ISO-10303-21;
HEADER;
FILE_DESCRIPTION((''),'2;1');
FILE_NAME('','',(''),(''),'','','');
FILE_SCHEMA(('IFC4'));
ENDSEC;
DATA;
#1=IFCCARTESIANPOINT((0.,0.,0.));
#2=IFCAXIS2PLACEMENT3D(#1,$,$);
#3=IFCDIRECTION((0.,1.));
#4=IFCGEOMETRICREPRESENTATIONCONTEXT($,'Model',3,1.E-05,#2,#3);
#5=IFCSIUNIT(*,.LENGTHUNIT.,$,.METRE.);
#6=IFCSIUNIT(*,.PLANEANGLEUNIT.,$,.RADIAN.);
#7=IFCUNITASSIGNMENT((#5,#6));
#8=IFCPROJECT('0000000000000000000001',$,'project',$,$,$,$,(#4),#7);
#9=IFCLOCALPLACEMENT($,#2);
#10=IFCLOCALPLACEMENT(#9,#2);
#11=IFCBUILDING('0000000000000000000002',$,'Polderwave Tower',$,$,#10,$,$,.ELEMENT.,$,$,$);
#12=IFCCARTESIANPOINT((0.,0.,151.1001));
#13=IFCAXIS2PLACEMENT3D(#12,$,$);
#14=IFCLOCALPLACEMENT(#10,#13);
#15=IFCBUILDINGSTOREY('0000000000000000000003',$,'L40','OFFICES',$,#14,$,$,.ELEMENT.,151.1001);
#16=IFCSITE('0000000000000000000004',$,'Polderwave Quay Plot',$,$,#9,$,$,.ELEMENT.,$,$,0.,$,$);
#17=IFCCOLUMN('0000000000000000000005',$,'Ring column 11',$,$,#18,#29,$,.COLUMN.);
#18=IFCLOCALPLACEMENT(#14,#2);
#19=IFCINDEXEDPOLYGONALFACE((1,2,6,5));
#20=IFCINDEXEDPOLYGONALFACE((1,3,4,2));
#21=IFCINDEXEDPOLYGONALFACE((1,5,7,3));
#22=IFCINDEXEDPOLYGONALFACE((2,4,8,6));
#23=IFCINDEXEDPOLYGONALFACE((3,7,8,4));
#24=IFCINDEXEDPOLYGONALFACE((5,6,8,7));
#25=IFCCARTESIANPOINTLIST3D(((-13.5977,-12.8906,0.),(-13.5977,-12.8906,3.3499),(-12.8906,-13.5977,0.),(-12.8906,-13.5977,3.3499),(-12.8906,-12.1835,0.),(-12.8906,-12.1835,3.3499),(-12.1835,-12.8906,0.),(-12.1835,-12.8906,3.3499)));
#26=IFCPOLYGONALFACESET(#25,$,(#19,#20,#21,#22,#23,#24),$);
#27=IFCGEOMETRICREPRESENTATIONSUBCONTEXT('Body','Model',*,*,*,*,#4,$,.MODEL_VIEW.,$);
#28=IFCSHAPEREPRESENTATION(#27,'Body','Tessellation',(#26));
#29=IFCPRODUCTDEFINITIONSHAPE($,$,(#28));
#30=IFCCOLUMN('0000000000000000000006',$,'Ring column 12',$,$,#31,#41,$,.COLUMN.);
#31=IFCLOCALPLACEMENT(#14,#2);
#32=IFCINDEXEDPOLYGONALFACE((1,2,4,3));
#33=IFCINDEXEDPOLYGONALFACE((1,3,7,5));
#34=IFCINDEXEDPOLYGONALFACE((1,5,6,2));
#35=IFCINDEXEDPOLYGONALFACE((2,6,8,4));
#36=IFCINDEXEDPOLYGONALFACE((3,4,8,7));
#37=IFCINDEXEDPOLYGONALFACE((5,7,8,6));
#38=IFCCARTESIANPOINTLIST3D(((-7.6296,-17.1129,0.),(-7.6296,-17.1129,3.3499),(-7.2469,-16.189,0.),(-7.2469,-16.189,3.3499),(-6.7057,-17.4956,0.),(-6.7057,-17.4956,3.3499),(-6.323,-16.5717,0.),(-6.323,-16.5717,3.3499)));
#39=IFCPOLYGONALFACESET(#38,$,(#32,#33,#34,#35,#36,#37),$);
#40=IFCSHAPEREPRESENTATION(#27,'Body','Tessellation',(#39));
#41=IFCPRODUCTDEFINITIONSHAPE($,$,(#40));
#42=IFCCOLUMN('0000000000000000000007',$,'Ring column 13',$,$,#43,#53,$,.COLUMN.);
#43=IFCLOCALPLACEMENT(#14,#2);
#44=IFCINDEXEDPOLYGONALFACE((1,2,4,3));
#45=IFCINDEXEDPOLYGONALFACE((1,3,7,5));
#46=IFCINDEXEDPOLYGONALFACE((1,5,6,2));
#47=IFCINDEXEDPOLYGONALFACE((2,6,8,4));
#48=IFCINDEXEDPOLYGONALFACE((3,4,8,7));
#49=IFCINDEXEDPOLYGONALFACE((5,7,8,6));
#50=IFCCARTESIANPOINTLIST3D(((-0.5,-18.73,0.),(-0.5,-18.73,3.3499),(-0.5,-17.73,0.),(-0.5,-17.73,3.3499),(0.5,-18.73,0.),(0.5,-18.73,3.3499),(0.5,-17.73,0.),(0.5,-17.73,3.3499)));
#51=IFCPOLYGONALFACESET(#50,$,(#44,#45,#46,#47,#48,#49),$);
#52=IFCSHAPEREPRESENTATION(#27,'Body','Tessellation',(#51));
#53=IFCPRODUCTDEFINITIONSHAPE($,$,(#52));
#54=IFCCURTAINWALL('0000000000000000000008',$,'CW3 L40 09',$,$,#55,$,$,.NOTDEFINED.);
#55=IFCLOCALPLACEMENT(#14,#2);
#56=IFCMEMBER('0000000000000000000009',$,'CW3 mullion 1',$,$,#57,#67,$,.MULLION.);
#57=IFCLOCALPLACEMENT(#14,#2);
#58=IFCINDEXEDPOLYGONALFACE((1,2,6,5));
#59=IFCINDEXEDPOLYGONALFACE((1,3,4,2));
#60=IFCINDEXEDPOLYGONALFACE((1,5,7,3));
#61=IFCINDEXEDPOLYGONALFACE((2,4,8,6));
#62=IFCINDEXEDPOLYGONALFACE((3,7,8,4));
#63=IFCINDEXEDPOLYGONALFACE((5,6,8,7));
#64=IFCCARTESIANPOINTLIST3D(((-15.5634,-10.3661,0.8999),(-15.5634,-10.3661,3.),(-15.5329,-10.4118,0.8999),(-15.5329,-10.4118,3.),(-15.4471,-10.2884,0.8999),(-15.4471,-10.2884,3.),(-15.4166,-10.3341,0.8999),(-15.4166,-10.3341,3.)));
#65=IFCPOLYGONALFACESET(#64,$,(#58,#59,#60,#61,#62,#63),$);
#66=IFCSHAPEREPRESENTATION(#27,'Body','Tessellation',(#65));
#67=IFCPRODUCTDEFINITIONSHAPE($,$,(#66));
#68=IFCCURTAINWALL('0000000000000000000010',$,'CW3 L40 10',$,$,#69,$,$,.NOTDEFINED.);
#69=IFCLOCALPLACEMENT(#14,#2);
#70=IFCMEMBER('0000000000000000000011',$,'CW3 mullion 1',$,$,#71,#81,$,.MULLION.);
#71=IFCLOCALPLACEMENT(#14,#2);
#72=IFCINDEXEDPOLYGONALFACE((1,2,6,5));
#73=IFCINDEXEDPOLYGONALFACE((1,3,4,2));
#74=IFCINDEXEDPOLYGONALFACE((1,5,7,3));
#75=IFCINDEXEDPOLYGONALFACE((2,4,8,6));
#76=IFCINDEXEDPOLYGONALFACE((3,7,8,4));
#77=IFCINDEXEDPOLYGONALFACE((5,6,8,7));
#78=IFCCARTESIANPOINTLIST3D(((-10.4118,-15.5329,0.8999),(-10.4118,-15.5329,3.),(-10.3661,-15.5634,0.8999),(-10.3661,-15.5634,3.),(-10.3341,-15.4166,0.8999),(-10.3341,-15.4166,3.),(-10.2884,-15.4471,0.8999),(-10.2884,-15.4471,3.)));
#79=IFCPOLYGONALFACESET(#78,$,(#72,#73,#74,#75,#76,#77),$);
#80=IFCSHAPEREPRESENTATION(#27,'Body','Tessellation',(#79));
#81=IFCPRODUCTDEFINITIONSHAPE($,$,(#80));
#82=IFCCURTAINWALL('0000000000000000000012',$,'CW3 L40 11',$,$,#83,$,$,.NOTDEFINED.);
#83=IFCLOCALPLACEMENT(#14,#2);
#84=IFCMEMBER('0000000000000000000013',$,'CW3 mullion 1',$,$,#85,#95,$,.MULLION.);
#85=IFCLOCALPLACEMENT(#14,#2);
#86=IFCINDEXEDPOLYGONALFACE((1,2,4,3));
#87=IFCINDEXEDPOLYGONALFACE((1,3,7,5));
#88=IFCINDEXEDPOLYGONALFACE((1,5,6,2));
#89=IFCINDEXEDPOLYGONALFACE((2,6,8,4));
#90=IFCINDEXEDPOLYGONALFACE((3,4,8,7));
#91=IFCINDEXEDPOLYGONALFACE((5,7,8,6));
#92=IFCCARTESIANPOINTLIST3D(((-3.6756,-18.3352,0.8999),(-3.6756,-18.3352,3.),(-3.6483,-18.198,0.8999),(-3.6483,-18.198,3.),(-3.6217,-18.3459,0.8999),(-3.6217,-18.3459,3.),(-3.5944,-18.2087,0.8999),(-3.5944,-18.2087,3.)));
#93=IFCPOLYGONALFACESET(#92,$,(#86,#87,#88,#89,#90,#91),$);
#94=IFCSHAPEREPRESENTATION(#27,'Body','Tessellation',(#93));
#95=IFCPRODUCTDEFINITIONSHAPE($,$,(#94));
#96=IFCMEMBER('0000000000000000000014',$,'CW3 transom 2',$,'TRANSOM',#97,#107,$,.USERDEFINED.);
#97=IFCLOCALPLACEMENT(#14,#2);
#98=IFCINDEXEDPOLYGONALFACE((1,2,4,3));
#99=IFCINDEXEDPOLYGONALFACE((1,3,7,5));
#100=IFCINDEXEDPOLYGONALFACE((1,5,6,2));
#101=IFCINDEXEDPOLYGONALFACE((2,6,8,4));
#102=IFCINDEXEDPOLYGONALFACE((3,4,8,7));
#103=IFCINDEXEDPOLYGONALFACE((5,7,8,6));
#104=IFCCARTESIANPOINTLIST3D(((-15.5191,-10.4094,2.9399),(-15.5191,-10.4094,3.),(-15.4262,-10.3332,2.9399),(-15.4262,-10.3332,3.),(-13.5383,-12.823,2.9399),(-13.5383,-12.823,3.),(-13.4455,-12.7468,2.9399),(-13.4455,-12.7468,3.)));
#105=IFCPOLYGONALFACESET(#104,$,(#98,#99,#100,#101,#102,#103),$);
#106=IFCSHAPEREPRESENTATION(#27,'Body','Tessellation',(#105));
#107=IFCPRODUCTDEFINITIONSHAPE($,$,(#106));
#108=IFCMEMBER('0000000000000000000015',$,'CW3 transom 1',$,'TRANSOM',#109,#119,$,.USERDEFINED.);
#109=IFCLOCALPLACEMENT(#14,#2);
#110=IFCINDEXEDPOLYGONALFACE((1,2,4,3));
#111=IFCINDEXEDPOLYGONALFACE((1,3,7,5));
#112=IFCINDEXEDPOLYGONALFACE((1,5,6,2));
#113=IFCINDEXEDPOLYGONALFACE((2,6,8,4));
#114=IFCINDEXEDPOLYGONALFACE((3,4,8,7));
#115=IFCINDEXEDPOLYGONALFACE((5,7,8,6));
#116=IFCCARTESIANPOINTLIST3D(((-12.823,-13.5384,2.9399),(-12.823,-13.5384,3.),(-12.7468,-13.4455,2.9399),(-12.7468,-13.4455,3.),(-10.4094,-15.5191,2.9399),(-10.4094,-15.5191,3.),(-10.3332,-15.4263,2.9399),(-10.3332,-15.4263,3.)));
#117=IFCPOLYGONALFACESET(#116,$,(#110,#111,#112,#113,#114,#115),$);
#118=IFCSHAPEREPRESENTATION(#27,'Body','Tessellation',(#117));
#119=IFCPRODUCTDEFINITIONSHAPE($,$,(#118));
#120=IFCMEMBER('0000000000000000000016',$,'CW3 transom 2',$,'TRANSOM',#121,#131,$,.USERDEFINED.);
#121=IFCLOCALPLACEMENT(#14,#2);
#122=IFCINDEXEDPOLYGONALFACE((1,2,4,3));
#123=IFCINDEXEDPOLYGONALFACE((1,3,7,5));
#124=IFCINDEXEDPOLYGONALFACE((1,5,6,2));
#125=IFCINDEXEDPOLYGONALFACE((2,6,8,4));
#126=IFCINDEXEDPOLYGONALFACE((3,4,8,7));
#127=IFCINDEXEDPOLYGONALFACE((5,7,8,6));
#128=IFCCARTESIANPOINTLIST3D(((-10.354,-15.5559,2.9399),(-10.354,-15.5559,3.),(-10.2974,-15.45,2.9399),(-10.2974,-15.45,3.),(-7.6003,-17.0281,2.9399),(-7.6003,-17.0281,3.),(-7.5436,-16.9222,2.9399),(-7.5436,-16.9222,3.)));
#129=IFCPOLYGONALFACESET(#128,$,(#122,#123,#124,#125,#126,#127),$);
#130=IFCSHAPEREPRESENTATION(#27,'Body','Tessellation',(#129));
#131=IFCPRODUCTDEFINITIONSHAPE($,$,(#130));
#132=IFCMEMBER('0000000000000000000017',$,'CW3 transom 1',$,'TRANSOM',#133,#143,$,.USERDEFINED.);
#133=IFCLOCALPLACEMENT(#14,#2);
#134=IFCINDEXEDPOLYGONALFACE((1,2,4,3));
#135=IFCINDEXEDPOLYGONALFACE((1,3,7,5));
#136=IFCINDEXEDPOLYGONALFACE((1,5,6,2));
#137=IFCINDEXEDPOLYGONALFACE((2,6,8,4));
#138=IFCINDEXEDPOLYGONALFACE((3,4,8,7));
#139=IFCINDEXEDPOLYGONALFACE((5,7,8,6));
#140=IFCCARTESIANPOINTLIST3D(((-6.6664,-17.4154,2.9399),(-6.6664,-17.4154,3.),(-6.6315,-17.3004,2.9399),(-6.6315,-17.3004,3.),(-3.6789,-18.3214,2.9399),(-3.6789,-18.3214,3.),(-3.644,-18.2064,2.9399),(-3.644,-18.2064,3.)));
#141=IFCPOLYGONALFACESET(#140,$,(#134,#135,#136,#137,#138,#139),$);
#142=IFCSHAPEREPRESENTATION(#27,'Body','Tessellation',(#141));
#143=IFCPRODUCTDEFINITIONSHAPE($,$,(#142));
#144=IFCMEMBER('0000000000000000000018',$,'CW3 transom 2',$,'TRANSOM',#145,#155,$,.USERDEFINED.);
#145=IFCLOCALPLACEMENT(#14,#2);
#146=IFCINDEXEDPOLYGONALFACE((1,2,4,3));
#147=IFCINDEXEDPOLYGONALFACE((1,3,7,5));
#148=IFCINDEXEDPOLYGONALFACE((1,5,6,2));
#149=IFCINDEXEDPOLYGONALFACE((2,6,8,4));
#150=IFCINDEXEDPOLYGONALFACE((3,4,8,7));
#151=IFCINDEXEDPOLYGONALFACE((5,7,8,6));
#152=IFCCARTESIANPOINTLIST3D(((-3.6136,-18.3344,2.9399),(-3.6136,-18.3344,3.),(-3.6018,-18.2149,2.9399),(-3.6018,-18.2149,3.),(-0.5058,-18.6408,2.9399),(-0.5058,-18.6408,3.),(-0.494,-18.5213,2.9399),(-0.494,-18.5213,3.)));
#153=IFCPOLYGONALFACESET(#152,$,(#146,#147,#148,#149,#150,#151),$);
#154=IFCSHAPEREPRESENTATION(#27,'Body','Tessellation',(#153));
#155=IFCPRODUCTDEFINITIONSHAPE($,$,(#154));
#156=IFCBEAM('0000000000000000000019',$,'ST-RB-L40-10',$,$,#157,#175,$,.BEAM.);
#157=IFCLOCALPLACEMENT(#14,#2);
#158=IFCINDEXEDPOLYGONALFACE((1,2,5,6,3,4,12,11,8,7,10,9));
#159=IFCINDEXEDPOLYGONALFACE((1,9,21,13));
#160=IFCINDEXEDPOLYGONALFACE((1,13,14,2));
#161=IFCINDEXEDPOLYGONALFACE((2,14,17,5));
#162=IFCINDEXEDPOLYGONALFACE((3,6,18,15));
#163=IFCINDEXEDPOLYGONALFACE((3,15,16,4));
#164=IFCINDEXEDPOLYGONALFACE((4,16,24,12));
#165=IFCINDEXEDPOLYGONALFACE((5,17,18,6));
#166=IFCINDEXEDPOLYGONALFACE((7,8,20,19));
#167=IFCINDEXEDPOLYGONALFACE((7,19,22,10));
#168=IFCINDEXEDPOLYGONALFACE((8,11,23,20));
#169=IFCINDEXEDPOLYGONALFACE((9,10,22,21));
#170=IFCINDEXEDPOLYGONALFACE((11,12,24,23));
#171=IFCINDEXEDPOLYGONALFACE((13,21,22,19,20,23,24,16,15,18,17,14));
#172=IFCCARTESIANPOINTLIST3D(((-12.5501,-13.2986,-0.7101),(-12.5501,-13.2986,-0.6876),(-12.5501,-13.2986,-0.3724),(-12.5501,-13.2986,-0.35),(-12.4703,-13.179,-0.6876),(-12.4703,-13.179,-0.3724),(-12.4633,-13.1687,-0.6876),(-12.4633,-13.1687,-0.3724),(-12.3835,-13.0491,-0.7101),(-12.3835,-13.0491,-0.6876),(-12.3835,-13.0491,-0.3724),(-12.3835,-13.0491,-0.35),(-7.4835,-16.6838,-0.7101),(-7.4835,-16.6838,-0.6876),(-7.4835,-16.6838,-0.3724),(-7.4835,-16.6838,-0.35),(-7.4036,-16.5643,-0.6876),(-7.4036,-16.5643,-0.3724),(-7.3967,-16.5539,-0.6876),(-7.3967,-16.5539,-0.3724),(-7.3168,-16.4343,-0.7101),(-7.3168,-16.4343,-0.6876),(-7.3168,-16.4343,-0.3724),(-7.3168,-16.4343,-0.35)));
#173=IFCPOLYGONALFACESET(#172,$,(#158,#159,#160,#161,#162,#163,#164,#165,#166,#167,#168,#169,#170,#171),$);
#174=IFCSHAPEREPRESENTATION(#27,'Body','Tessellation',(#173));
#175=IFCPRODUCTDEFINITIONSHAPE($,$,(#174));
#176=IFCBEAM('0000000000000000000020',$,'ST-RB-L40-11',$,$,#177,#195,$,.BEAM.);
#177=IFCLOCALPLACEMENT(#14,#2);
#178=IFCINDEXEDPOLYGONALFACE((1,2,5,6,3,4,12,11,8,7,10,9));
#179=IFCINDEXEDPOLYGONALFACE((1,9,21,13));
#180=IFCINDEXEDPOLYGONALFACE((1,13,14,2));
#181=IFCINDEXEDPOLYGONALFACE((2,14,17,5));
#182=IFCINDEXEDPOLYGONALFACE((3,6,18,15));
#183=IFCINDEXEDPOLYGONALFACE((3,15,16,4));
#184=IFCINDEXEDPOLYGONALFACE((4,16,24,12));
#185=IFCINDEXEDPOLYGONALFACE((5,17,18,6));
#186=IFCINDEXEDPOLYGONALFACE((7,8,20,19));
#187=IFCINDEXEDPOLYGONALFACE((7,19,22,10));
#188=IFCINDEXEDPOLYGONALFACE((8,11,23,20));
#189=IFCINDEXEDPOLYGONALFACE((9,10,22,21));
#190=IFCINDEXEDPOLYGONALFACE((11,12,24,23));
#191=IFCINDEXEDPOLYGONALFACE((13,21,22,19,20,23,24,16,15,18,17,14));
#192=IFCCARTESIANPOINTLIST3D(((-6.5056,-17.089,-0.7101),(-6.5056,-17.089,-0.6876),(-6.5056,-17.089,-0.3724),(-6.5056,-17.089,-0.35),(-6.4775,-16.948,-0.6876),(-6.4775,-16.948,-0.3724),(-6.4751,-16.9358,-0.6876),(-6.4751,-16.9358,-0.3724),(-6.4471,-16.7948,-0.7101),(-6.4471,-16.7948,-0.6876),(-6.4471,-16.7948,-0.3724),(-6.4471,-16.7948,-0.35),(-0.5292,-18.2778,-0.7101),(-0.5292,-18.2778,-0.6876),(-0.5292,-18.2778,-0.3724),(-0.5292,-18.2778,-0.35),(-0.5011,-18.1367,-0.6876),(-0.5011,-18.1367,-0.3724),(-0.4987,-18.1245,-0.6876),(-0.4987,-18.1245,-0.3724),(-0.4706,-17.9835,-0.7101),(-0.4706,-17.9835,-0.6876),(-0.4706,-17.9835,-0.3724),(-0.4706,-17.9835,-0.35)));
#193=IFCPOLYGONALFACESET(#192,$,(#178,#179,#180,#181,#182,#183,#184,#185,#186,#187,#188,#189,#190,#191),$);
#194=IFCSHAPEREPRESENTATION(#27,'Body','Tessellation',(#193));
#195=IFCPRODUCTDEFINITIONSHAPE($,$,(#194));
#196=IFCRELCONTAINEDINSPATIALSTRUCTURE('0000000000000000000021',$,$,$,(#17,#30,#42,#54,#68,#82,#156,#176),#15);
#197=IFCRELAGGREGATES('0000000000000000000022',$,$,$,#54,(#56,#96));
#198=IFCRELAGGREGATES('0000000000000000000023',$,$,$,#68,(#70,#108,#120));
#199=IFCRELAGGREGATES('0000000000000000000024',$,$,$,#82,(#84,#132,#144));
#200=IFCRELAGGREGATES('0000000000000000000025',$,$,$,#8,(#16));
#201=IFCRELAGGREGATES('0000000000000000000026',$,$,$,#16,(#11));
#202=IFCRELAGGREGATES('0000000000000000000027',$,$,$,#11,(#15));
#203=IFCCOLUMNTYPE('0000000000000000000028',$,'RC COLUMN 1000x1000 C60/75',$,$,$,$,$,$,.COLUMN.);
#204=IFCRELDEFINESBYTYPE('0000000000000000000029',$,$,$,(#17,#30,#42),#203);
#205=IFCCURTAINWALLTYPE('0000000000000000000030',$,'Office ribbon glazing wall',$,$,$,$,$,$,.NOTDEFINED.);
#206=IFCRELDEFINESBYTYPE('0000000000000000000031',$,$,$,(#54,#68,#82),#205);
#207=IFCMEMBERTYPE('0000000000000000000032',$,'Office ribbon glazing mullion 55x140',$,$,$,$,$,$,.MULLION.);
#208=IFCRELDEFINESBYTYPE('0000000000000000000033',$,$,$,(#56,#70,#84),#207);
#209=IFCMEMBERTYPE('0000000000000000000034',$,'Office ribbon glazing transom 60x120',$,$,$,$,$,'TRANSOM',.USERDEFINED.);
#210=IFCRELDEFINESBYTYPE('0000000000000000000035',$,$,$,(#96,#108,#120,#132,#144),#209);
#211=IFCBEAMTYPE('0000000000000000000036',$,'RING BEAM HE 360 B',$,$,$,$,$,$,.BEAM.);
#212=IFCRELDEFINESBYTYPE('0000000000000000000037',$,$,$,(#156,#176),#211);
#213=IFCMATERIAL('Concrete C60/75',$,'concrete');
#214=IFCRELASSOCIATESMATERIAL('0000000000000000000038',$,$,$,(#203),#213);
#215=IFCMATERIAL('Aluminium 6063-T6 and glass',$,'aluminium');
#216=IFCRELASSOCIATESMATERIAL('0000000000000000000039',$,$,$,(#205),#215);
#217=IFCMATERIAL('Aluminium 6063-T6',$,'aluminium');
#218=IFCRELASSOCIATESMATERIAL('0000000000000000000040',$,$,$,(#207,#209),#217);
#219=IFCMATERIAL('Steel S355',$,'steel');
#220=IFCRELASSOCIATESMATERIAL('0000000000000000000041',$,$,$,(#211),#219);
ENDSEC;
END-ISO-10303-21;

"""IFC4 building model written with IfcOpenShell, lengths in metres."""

from ifc_helpers import new_model, si_unit, direction, frame, origin, origin_2d, place, context, subcontext, project, spatial, rectangle, i_section, extrude, material, material_profile, profile_set, type_object, element, aggregate, save


model = new_model("IFC4")

# Units and contexts
model_context = context("Model", 3, precision=1e-05, world=origin(), true_north=direction((0.0, 1.0)))
body_context = subcontext(model_context, "Body", "Model", "MODEL_VIEW")
ifc_project = project(units=[si_unit("LENGTHUNIT", "METRE"), si_unit("PLANEANGLEUNIT", "RADIAN")], contexts=[model_context])

# Site, building, storey
site_placement = place(None, origin())
site = spatial("IfcSite", under=ifc_project, at=site_placement, Name="Polderwave Quay Plot", CompositionType="ELEMENT", RefElevation=0.0)
building_placement = place(site_placement, origin())
building = spatial("IfcBuilding", under=site, at=building_placement, Name="Polderwave Tower", CompositionType="ELEMENT")
storey_placement = place(building_placement, frame((0.0, 0.0, 151.1001)))
storey = spatial("IfcBuildingStorey", under=building, at=storey_placement, Name="L40", Description="OFFICES", CompositionType="ELEMENT", Elevation=151.1001)

# Columns
ifc_material_1 = material(Name="Concrete C60/75", Category="concrete")
ifc_material_profile_1 = material_profile(ifc_material_1, rectangle(XDim=1.0, YDim=1.0, at=origin_2d()), Name="RC 1000x1000")
ifc_profile_set_1 = profile_set([ifc_material_profile_1], Name="Concrete C60/75")
column_type = type_object("IfcColumnType", Name="RC COLUMN 1000x1000 C60/75", PredefinedType="COLUMN", material=ifc_profile_set_1)
for number, where, z_axis, x_axis, name in (
    (1, (-12.8906, -12.8906, 0.0), (0.0, 0.0, 1.0), (-0.707107, -0.707107, 0.0), "Ring column 11"),
    (2, (-6.9763, -16.8423, 0.0), (0.0, 0.0, 1.0), (-0.382683, -0.92388, 0.0), "Ring column 12"),
    (3, (0.0, -18.23, 0.0), (0.0, 0.0, 1.0), (0.0, -1.0, 0.0), "Ring column 13"),
):
    element("IfcColumn", number, at=place(storey_placement, frame(where, z_axis=z_axis, x_axis=x_axis)), inside=storey, type_object=column_type, Name=name, PredefinedType="COLUMN", context=body_context, shape_type="SweptSolid", body=[
        extrude(rectangle(XDim=1.0, YDim=1.0, at=origin_2d()), origin(), (0.0, 0.0, 1.0), 3.3499),
    ])

# Curtain walls, members
ifc_material_2 = material(Name="Aluminium 6063-T6 and glass", Category="aluminium")
curtain_wall_type = type_object("IfcCurtainWallType", Name="Office ribbon glazing wall", PredefinedType="NOTDEFINED", material=ifc_material_2)
curtain_wall_1_placement = place(storey_placement, origin())
curtain_wall_1 = element("IfcCurtainWall", 4, at=curtain_wall_1_placement, inside=storey, type_object=curtain_wall_type, Name="CW3 L40 09", PredefinedType="NOTDEFINED")
ifc_material_3 = material(Name="Aluminium 6063-T6", Category="aluminium")
ifc_material_profile_2 = material_profile(ifc_material_3, rectangle(XDim=0.1399, YDim=0.0549, at=origin_2d()), Name="AL 55x140")
ifc_profile_set_2 = profile_set([ifc_material_profile_2], Name="Aluminium 6063-T6")
member_type_1 = type_object("IfcMemberType", Name="Office ribbon glazing mullion 55x140", PredefinedType="MULLION", material=ifc_profile_set_2)
member_1_placement = place(storey_placement, frame((-15.49, -10.3501, 0.8999), z_axis=(0.0, 0.0, 1.0), x_axis=(0.831484, 0.555548, 0.0)))
member_1 = element("IfcMember", 5, at=member_1_placement, type_object=member_type_1, Name="CW3 mullion 1", PredefinedType="MULLION", context=body_context, shape_type="SweptSolid", body=[
    extrude(rectangle(XDim=0.1399, YDim=0.0549, at=origin_2d()), origin(), (0.0, 0.0, 1.0), 2.1001),
])
curtain_wall_2_placement = place(storey_placement, origin())
curtain_wall_2 = element("IfcCurtainWall", 6, at=curtain_wall_2_placement, inside=storey, type_object=curtain_wall_type, Name="CW3 L40 10", PredefinedType="NOTDEFINED")
member_2_placement = place(storey_placement, frame((-10.3501, -15.49, 0.8999), z_axis=(0.0, 0.0, 1.0), x_axis=(0.555548, 0.831484, 0.0)))
member_2 = element("IfcMember", 7, at=member_2_placement, type_object=member_type_1, Name="CW3 mullion 1", PredefinedType="MULLION", context=body_context, shape_type="SweptSolid", body=[
    extrude(rectangle(XDim=0.1399, YDim=0.0549, at=origin_2d()), origin(), (0.0, 0.0, 1.0), 2.1001),
])
curtain_wall_3_placement = place(storey_placement, origin())
curtain_wall_3 = element("IfcCurtainWall", 8, at=curtain_wall_3_placement, inside=storey, type_object=curtain_wall_type, Name="CW3 L40 11", PredefinedType="NOTDEFINED")
member_3_placement = place(storey_placement, frame((-3.635, -18.272, 0.8999), z_axis=(0.0, 0.0, 1.0), x_axis=(0.195083, 0.980787, 0.0)))
member_3 = element("IfcMember", 9, at=member_3_placement, type_object=member_type_1, Name="CW3 mullion 1", PredefinedType="MULLION", context=body_context, shape_type="SweptSolid", body=[
    extrude(rectangle(XDim=0.1399, YDim=0.0549, at=origin_2d()), origin(), (0.0, 0.0, 1.0), 2.1001),
])

# Members
ifc_material_profile_3 = material_profile(ifc_material_3, rectangle(XDim=0.1201, YDim=0.0601, at=origin_2d()), Name="AL 60x120")
ifc_profile_set_3 = profile_set([ifc_material_profile_3], Name="Aluminium 6063-T6")
member_type_2 = type_object("IfcMemberType", Name="Office ribbon glazing transom 60x120", ElementType="TRANSOM", PredefinedType="USERDEFINED", material=ifc_profile_set_3)
member_4_placement = place(storey_placement, frame((-15.4727, -10.3713, 2.97), z_axis=(0.634383, -0.773019, 0.0), x_axis=(0.773019, 0.634383, 0.0)))
member_4 = element("IfcMember", 10, at=member_4_placement, type_object=member_type_2, Name="CW3 transom 2", ObjectType="TRANSOM", PredefinedType="USERDEFINED", context=body_context, shape_type="SweptSolid", body=[
    extrude(rectangle(XDim=0.1201, YDim=0.0601, at=origin_2d()), origin(), (0.0, 0.0, 1.0), 3.1223),
])
member_5_placement = place(storey_placement, frame((-12.7849, -13.4919, 2.97), z_axis=(0.773019, -0.634383, 0.0), x_axis=(0.634383, 0.773019, 0.0)))
member_5 = element("IfcMember", 11, at=member_5_placement, type_object=member_type_2, Name="CW3 transom 1", ObjectType="TRANSOM", PredefinedType="USERDEFINED", context=body_context, shape_type="SweptSolid", body=[
    extrude(rectangle(XDim=0.1201, YDim=0.0601, at=origin_2d()), origin(), (0.0, 0.0, 1.0), 3.1223),
])
member_6_placement = place(storey_placement, frame((-10.3257, -15.5029, 2.97), z_axis=(0.881881, -0.471473, 0.0), x_axis=(0.471473, 0.881881, 0.0)))
member_6 = element("IfcMember", 12, at=member_6_placement, type_object=member_type_2, Name="CW3 transom 2", ObjectType="TRANSOM", PredefinedType="USERDEFINED", context=body_context, shape_type="SweptSolid", body=[
    extrude(rectangle(XDim=0.1201, YDim=0.0601, at=origin_2d()), origin(), (0.0, 0.0, 1.0), 3.1226),
])
member_7_placement = place(storey_placement, frame((-6.6489, -17.3579, 2.97), z_axis=(0.956963, -0.290209, 0.0), x_axis=(0.290209, 0.956963, 0.0)))
member_7 = element("IfcMember", 13, at=member_7_placement, type_object=member_type_2, Name="CW3 transom 1", ObjectType="TRANSOM", PredefinedType="USERDEFINED", context=body_context, shape_type="SweptSolid", body=[
    extrude(rectangle(XDim=0.1201, YDim=0.0601, at=origin_2d()), origin(), (0.0, 0.0, 1.0), 3.1218),
])
member_8_placement = place(storey_placement, frame((-3.6077, -18.2747, 2.97), z_axis=(0.995175, -0.098118, 0.0), x_axis=(0.098118, 0.995175, 0.0)))
member_8 = element("IfcMember", 14, at=member_8_placement, type_object=member_type_2, Name="CW3 transom 2", ObjectType="TRANSOM", PredefinedType="USERDEFINED", context=body_context, shape_type="SweptSolid", body=[
    extrude(rectangle(XDim=0.1201, YDim=0.0601, at=origin_2d()), origin(), (0.0, 0.0, 1.0), 3.1228),
])

# Beams
ifc_material_4 = material(Name="Steel S355", Category="steel")
ifc_material_profile_4 = material_profile(ifc_material_4, i_section(OverallWidth=0.3, OverallDepth=0.3601, WebThickness=0.0125, FlangeThickness=0.0225, at=origin_2d()), Name="HE 360 B")
ifc_profile_set_4 = profile_set([ifc_material_profile_4], Name="Steel S355")
beam_type = type_object("IfcBeamType", Name="RING BEAM HE 360 B", PredefinedType="BEAM", material=ifc_profile_set_4)
for number, where, z_axis, x_axis, name in (
    (15, (-12.4668, -13.1738, -0.53), (0.831483, -0.555551, 0.0), (0.555551, 0.831483, 0.0), "ST-RB-L40-10"),
    (16, (-6.4763, -16.9419, -0.53), (0.980787, -0.195084, 0.0), (0.195084, 0.980787, 0.0), "ST-RB-L40-11"),
):
    element("IfcBeam", number, at=place(storey_placement, frame(where, z_axis=z_axis, x_axis=x_axis)), inside=storey, type_object=beam_type, Name=name, PredefinedType="BEAM", context=body_context, shape_type="SweptSolid", body=[
        extrude(i_section(OverallWidth=0.3, OverallDepth=0.3601, WebThickness=0.0125, FlangeThickness=0.0225, at=origin_2d()), origin(), (0.0, 0.0, 1.0), 6.0935),
    ])

aggregate(curtain_wall_1, [member_1, member_4])
aggregate(curtain_wall_2, [member_2, member_5, member_6])
aggregate(curtain_wall_3, [member_3, member_7, member_8])

save(model, "model.ifc")
